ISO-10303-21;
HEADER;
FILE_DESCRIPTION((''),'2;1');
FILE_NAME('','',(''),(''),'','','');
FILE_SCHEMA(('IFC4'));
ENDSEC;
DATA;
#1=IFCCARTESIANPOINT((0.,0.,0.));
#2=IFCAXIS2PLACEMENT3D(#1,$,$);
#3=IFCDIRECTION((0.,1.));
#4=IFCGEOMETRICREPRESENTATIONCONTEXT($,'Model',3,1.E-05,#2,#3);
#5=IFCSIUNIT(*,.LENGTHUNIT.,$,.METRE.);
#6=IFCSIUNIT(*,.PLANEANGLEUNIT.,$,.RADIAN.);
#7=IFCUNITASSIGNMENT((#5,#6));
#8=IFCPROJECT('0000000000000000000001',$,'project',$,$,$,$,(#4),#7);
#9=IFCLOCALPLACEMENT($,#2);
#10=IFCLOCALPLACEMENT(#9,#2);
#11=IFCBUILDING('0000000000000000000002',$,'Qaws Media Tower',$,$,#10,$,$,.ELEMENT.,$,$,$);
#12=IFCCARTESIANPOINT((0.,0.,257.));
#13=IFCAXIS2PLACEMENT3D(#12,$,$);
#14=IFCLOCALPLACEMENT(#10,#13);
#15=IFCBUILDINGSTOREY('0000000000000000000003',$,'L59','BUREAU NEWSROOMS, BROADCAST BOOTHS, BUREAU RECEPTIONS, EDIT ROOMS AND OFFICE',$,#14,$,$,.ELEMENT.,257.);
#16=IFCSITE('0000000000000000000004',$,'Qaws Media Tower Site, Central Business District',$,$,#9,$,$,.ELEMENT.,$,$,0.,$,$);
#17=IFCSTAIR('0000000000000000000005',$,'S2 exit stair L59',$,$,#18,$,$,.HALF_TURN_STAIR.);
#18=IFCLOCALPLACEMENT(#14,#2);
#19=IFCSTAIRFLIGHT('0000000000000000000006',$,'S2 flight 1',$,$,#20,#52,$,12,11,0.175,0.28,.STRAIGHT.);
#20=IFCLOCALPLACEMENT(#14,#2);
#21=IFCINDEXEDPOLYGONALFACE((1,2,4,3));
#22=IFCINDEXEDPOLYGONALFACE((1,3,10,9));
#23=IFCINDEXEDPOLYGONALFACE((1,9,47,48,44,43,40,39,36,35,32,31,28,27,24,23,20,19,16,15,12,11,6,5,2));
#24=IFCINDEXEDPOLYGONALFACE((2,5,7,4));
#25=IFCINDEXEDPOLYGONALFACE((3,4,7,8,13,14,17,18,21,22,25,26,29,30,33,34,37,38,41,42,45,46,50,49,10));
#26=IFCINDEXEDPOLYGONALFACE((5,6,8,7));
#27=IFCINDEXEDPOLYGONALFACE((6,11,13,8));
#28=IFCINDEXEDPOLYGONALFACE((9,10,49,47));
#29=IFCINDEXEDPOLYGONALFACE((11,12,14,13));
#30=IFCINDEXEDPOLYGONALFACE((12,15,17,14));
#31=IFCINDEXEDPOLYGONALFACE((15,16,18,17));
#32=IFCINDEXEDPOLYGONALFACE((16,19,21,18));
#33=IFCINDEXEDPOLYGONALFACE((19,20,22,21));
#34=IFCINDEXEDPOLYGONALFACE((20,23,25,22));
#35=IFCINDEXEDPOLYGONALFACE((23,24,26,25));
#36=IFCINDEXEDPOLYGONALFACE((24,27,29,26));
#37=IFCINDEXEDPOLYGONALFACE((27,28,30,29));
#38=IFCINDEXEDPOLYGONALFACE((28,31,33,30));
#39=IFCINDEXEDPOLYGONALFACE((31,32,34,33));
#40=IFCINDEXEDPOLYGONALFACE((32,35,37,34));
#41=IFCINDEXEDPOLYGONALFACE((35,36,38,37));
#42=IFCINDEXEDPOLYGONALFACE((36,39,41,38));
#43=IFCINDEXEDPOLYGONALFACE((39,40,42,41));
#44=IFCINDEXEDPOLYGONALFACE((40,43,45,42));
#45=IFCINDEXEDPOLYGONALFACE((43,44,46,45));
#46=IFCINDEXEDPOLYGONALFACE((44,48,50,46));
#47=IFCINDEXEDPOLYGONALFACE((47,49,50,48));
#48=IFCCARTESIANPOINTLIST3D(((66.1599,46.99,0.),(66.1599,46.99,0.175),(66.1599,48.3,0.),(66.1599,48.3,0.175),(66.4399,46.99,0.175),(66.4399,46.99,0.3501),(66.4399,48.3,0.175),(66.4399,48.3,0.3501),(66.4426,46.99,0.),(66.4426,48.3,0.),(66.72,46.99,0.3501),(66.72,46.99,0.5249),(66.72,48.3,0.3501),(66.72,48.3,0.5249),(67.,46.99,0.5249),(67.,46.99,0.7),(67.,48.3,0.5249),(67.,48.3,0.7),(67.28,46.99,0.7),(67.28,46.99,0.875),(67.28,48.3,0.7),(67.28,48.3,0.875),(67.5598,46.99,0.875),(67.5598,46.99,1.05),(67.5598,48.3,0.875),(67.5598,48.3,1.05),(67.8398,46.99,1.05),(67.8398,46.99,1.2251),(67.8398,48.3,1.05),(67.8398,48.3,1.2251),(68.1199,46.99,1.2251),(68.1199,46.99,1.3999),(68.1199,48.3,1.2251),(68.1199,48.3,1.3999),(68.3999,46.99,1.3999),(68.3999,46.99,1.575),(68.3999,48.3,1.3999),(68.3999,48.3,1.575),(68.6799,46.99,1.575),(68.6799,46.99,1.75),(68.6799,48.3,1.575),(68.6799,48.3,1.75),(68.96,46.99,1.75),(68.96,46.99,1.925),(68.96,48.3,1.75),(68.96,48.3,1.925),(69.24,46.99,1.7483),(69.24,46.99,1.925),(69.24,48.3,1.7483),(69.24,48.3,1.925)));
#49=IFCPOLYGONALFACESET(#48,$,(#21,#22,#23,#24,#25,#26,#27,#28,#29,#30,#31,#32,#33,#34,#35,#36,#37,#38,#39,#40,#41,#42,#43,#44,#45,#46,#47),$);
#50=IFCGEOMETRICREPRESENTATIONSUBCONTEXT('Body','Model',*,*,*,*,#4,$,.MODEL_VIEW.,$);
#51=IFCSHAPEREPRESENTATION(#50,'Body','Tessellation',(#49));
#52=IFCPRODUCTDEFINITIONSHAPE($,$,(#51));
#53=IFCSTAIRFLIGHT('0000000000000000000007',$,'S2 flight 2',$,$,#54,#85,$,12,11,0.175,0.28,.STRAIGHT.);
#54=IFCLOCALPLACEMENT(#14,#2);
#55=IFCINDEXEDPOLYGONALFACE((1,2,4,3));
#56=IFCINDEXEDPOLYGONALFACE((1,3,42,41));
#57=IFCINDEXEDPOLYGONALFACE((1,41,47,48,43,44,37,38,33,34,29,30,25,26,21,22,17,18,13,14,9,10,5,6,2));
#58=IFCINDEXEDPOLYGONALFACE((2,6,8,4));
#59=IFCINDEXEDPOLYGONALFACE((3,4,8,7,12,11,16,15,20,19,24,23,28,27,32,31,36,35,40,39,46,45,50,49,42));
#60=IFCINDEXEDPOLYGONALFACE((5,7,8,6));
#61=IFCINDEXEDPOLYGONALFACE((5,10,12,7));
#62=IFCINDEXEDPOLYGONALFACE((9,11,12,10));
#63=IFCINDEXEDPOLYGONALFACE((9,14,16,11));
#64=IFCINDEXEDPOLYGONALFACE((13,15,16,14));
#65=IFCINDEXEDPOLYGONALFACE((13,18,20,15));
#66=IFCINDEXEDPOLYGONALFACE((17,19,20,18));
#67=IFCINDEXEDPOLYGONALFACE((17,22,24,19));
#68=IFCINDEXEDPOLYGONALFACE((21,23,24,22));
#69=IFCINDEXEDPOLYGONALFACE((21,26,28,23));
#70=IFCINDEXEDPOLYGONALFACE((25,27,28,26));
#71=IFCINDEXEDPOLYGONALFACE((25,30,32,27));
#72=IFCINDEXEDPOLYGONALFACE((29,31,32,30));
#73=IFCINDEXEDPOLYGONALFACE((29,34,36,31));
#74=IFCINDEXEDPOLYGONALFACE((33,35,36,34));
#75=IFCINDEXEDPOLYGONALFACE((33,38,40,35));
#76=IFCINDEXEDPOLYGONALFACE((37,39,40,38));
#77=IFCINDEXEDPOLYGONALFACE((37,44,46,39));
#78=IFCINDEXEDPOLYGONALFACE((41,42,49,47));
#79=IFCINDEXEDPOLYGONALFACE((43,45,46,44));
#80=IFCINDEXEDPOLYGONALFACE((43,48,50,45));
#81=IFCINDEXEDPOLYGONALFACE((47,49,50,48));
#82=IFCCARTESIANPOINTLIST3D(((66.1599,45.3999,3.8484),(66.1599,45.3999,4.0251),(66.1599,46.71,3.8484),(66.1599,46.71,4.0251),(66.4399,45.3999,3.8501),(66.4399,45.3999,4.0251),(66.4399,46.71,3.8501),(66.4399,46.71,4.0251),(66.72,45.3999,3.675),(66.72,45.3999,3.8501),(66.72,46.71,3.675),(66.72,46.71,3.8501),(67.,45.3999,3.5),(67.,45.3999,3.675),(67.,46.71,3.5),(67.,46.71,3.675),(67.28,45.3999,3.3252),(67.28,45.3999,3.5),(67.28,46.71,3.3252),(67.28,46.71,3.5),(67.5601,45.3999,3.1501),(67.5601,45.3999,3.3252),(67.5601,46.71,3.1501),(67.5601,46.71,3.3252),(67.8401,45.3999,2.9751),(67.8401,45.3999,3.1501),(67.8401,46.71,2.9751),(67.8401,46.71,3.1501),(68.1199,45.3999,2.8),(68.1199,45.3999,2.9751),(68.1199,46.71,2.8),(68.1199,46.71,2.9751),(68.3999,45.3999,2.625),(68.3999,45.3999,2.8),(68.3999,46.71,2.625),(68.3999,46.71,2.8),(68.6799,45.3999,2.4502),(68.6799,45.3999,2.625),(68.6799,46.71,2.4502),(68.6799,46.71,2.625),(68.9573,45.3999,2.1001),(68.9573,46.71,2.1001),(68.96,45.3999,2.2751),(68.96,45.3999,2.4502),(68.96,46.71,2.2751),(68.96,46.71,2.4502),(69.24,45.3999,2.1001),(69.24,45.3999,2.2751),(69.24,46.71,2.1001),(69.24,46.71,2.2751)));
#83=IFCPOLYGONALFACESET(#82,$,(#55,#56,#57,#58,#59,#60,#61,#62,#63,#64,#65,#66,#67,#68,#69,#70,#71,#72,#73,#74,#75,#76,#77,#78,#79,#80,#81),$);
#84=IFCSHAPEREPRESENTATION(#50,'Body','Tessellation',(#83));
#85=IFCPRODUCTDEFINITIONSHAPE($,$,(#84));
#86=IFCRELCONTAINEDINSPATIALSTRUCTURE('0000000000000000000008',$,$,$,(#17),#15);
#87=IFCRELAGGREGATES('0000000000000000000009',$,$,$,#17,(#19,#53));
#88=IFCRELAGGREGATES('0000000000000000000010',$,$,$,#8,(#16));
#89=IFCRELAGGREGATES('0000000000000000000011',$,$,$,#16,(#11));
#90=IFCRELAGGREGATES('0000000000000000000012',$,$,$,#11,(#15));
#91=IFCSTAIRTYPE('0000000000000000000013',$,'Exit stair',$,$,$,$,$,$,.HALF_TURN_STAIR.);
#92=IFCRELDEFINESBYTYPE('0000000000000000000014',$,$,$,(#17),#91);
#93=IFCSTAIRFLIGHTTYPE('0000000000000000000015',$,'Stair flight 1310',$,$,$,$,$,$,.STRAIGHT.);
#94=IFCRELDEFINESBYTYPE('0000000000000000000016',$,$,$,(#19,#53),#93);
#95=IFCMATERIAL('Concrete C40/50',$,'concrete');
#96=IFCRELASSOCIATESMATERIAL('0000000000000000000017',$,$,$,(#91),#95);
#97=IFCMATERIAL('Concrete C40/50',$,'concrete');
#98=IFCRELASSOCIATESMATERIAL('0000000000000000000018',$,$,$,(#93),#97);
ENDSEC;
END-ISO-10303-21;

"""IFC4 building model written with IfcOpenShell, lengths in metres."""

from ifc_helpers import new_model, si_unit, direction, frame, origin, place, context, subcontext, project, spatial, polyline, outline, extrude, material, type_object, element, aggregate, save


model = new_model("IFC4")

# Units and contexts
model_context = context("Model", 3, precision=1e-05, world=origin(), true_north=direction((0.0, 1.0)))
body_context = subcontext(model_context, "Body", "Model", "MODEL_VIEW")
ifc_project = project(units=[si_unit("LENGTHUNIT", "METRE"), si_unit("PLANEANGLEUNIT", "RADIAN")], contexts=[model_context])

# Site, building, storey
site_placement = place(None, origin())
site = spatial("IfcSite", under=ifc_project, at=site_placement, Name="Qaws Media Tower Site, Central Business District", CompositionType="ELEMENT", RefElevation=0.0)
building_placement = place(site_placement, origin())
building = spatial("IfcBuilding", under=site, at=building_placement, Name="Qaws Media Tower", CompositionType="ELEMENT")
storey_placement = place(building_placement, frame((0.0, 0.0, 257.0)))
storey = spatial("IfcBuildingStorey", under=building, at=storey_placement, Name="L59", Description="BUREAU NEWSROOMS, BROADCAST BOOTHS, BUREAU RECEPTIONS, EDIT ROOMS AND OFFICE", CompositionType="ELEMENT", Elevation=257.0)

# Stair, stair flights
ifc_material_1 = material(Name="Concrete C40/50", Category="concrete")
stair_type = type_object("IfcStairType", Name="Exit stair", PredefinedType="HALF_TURN_STAIR", material=ifc_material_1)
stair_placement = place(storey_placement, origin())
stair = element("IfcStair", 1, at=stair_placement, inside=storey, type_object=stair_type, Name="S2 exit stair L59", PredefinedType="HALF_TURN_STAIR")
ifc_material_2 = material(Name="Concrete C40/50", Category="concrete")
stair_flight_type = type_object("IfcStairFlightType", Name="Stair flight 1310", PredefinedType="STRAIGHT", material=ifc_material_2)
stair_flight_1_placement = place(storey_placement, frame((66.1599, 47.645, 0.0), z_axis=(0.0, 0.0, 1.0), x_axis=(1.0, 0.0, 0.0)))
stair_flight_1 = element("IfcStairFlight", 2, at=stair_flight_1_placement, type_object=stair_flight_type, Name="S2 flight 1", NumberOfRisers=12, NumberOfTreads=11, PredefinedType="STRAIGHT", RiserHeight=0.175, TreadLength=0.28, context=body_context, shape_type="SweptSolid", body=[
    extrude(outline(polyline([(0.0, 0.0), (0.0, 0.175), (0.28, 0.175), (0.28, 0.3501), (0.5601, 0.3501), (0.5601, 0.5249), (0.8401, 0.5249), (0.8401, 0.7), (1.1201, 0.7), (1.1201, 0.875), (1.3999, 0.875), (1.3999, 1.05), (1.6799, 1.05), (1.6799, 1.2251), (1.96, 1.2251), (1.96, 1.3999), (2.24, 1.3999), (2.24, 1.575), (2.52, 1.575), (2.52, 1.75), (2.8, 1.75), (2.8, 1.925), (3.0801, 1.925), (3.0801, 2.1001), (3.0801, 1.7483), (0.2827, 0.0), (0.0, 0.0)])), frame((0.0, 0.655, 0.0), z_axis=(0.0, -1.0, 0.0), x_axis=(1.0, 0.0, 0.0)), (0.0, 0.0, 1.0), 1.3101),
])
stair_flight_2_placement = place(storey_placement, frame((69.24, 46.0549, 2.1001), z_axis=(0.0, 0.0, 1.0), x_axis=(-1.0, 0.0, 0.0)))
stair_flight_2 = element("IfcStairFlight", 3, at=stair_flight_2_placement, type_object=stair_flight_type, Name="S2 flight 2", NumberOfRisers=12, NumberOfTreads=11, PredefinedType="STRAIGHT", RiserHeight=0.175, TreadLength=0.28, context=body_context, shape_type="SweptSolid", body=[
    extrude(outline(polyline([(0.0, 0.0), (0.0, 0.175), (0.28, 0.175), (0.28, 0.3501), (0.5601, 0.3501), (0.5601, 0.5249), (0.8401, 0.5249), (0.8401, 0.7), (1.1201, 0.7), (1.1201, 0.875), (1.3999, 0.875), (1.3999, 1.05), (1.6799, 1.05), (1.6799, 1.2251), (1.96, 1.2251), (1.96, 1.3999), (2.24, 1.3999), (2.24, 1.575), (2.52, 1.575), (2.52, 1.75), (2.8, 1.75), (2.8, 1.925), (3.0801, 1.925), (3.0801, 2.1001), (3.0801, 1.7483), (0.2827, 0.0), (0.0, 0.0)])), frame((0.0, 0.655, 0.0), z_axis=(0.0, -1.0, 0.0), x_axis=(1.0, 0.0, 0.0)), (0.0, 0.0, 1.0), 1.3101),
])
aggregate(stair, [stair_flight_1, stair_flight_2])

save(model, "model.ifc")
